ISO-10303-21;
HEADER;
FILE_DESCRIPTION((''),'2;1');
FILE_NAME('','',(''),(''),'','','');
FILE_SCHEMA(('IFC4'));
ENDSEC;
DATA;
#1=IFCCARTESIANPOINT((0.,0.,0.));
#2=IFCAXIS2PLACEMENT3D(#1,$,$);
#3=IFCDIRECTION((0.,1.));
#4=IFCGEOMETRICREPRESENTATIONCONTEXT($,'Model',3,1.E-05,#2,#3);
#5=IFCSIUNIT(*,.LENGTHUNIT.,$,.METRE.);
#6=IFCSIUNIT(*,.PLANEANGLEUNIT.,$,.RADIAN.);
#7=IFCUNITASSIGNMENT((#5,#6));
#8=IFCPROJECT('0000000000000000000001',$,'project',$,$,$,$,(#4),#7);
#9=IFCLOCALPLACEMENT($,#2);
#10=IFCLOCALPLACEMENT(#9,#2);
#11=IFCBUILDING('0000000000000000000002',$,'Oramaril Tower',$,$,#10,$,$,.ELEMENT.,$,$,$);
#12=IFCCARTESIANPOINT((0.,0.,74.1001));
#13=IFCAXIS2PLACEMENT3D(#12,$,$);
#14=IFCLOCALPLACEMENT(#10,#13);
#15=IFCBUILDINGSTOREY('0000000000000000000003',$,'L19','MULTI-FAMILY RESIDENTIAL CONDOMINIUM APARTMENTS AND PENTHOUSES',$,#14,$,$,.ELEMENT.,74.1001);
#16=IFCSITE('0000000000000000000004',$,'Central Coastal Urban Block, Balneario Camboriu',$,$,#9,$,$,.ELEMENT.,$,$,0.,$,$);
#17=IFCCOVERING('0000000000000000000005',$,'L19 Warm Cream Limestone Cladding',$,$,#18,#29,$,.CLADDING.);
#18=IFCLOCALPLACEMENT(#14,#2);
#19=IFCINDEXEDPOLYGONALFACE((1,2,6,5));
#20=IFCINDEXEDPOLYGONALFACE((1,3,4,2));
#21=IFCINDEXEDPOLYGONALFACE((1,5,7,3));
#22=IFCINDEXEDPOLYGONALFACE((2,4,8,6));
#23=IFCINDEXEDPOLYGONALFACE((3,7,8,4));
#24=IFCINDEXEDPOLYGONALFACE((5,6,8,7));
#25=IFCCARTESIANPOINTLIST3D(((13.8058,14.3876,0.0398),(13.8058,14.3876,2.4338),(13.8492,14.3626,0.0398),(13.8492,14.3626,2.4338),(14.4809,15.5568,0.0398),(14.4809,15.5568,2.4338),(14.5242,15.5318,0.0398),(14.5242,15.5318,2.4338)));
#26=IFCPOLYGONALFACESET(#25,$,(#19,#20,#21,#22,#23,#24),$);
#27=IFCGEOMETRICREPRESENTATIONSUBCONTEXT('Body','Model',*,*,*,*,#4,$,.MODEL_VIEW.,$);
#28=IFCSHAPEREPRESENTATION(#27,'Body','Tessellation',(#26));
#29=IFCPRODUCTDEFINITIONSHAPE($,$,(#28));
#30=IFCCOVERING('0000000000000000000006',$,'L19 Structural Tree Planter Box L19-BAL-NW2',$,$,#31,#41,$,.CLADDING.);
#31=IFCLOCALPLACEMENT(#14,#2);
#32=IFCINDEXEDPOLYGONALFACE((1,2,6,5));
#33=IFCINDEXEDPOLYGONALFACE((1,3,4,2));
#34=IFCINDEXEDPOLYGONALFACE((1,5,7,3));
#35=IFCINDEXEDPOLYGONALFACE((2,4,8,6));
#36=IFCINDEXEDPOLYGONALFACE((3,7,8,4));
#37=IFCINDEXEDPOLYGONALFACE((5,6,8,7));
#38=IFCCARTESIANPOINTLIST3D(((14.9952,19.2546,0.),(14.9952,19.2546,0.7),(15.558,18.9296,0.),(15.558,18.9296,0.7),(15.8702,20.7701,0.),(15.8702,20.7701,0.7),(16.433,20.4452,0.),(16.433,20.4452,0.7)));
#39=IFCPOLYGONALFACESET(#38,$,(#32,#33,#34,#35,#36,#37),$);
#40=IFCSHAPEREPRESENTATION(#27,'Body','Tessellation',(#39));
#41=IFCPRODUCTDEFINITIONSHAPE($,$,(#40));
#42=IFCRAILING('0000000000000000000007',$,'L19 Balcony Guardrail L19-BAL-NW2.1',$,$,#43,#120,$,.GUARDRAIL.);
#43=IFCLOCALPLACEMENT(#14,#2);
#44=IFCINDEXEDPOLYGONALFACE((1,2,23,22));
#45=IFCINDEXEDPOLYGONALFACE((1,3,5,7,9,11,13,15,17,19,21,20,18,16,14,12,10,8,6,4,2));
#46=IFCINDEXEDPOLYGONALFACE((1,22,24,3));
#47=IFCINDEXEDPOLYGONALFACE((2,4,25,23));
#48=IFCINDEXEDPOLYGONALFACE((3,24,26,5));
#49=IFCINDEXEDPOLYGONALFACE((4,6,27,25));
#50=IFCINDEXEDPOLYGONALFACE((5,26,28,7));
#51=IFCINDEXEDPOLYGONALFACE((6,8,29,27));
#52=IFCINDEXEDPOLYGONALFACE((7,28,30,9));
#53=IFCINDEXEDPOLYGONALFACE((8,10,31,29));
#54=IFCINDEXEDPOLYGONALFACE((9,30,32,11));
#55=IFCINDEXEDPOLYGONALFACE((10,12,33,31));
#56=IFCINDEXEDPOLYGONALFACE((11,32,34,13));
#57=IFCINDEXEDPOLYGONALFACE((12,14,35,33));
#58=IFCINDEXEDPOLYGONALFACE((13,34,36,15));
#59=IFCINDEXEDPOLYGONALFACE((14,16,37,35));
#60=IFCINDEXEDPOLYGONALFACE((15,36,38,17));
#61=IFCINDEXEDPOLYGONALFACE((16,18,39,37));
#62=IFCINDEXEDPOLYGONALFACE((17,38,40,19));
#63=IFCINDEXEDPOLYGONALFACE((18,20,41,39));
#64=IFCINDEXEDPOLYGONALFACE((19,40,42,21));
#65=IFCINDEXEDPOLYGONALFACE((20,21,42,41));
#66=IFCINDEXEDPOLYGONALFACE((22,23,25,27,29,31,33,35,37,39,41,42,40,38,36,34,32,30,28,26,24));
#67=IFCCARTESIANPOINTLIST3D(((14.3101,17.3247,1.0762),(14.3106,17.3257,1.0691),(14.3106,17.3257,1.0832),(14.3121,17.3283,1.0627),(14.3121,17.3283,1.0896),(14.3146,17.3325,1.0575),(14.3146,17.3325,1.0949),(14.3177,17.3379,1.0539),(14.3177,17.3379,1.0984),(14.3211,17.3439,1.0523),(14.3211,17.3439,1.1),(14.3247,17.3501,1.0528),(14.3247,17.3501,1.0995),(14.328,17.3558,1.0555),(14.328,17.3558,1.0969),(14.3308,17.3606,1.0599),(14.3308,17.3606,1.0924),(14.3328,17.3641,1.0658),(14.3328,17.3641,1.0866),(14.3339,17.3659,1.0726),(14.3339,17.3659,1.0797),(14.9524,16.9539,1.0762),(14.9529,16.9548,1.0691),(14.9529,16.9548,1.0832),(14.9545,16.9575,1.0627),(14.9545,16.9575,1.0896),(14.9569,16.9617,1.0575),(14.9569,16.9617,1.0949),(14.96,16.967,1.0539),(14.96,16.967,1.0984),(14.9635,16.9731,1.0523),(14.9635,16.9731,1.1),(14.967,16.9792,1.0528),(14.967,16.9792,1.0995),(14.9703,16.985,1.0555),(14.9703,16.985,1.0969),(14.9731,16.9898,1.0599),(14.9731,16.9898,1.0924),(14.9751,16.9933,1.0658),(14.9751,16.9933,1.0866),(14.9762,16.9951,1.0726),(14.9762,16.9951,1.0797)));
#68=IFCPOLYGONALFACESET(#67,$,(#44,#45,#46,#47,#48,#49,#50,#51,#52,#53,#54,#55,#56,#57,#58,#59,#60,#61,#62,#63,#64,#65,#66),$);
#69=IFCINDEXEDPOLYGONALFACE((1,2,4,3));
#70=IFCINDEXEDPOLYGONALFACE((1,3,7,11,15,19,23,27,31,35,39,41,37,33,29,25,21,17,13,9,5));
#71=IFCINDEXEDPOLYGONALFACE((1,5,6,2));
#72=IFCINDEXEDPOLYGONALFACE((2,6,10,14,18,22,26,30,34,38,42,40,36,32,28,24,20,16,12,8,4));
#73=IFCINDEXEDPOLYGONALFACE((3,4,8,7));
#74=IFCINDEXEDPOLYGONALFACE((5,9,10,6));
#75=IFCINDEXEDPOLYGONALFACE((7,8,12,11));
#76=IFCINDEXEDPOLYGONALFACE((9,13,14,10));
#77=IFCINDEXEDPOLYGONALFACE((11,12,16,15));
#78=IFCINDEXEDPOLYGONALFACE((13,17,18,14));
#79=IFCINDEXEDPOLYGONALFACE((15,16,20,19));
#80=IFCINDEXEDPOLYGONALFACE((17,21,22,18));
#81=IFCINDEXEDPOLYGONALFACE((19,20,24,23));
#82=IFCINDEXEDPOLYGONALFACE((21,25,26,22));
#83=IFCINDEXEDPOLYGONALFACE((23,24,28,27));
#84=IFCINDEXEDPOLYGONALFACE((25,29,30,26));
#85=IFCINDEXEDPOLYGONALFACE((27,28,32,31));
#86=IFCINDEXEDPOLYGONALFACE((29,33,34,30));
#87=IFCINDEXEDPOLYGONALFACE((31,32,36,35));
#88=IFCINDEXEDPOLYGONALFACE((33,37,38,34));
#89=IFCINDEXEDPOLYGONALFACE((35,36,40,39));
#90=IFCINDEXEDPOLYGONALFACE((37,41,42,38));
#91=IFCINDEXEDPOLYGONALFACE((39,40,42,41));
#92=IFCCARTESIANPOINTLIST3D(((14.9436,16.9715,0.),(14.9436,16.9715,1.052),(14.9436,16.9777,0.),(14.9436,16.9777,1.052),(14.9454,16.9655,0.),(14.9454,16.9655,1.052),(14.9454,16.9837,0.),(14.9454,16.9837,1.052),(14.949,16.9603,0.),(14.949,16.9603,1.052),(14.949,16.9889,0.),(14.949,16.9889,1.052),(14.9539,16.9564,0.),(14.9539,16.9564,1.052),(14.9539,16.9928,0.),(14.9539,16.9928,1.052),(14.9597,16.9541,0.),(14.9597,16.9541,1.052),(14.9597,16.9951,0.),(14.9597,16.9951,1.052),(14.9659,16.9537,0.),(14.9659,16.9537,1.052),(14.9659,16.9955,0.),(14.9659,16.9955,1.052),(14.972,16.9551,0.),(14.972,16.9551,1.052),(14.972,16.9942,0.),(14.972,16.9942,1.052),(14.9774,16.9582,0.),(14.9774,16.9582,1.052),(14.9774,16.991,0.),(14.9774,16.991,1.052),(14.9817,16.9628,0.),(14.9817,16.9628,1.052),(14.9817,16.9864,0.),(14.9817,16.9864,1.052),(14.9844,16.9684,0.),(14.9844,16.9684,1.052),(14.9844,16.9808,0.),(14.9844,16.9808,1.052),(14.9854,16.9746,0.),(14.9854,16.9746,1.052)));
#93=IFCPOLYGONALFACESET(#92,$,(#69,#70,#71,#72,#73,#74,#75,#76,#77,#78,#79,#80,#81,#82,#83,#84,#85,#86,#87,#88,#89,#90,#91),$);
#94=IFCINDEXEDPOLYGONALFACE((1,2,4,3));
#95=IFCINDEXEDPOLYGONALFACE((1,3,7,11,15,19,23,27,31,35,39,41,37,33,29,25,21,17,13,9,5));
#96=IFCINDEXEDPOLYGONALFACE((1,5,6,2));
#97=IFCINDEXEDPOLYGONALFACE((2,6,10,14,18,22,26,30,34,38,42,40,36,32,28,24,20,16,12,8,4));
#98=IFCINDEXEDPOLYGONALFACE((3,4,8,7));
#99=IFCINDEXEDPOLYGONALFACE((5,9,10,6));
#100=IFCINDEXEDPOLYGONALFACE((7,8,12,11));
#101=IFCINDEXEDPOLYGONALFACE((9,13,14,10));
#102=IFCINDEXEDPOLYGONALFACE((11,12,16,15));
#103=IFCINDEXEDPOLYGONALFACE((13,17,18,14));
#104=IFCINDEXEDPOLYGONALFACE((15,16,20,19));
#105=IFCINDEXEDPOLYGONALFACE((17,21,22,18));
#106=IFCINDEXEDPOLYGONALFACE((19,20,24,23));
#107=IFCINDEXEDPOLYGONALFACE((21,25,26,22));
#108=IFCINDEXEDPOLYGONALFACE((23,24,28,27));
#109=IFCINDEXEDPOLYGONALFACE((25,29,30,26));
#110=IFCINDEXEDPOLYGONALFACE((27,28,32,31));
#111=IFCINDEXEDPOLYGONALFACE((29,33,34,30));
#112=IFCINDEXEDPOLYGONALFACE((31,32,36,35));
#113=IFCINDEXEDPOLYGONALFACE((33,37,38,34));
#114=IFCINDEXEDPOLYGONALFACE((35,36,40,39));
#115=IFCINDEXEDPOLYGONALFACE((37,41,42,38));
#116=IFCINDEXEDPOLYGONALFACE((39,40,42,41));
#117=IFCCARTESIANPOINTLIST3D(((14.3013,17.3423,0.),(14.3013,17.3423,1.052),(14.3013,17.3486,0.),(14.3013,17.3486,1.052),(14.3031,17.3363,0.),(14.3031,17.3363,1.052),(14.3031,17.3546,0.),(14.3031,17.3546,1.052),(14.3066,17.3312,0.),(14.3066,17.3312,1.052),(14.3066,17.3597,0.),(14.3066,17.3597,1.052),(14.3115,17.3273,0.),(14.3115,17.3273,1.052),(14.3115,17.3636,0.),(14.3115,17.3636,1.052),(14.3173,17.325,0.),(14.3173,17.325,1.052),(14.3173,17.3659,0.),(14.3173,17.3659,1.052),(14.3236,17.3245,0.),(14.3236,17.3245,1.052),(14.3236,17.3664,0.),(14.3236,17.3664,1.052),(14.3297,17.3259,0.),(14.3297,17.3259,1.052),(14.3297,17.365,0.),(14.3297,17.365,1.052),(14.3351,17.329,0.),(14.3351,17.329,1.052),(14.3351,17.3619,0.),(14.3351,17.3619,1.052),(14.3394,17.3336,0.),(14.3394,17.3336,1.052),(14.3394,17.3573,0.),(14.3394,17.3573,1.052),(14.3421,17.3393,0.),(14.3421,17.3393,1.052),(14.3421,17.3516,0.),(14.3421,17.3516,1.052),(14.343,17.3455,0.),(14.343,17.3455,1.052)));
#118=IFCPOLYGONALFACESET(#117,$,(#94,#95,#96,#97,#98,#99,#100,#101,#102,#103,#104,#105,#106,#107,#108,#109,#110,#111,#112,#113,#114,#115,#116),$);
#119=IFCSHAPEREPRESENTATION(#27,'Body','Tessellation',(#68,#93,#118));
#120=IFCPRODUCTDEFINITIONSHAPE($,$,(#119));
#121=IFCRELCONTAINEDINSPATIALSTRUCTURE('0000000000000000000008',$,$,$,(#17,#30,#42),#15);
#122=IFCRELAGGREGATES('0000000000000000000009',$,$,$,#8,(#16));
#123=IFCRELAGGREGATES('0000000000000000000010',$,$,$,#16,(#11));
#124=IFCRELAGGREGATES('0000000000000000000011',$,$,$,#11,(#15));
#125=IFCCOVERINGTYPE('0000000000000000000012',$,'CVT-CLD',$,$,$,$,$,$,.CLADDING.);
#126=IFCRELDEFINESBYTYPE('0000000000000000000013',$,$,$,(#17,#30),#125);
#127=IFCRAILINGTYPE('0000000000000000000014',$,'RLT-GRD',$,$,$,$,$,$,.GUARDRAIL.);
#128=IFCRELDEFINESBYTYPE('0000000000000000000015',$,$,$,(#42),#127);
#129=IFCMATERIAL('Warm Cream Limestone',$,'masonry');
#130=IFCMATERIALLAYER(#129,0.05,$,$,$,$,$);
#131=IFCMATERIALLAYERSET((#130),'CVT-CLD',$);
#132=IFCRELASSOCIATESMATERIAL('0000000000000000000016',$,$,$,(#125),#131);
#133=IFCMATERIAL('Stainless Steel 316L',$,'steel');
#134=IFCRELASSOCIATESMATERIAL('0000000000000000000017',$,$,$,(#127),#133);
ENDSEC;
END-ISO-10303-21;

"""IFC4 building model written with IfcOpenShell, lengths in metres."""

from ifc_helpers import new_model, si_unit, direction, frame, origin, origin_2d, place, context, subcontext, project, spatial, rectangle, circle, extrude, material, layer, layer_set, type_object, element, save


model = new_model("IFC4")

# Units and contexts
model_context = context("Model", 3, precision=1e-05, world=origin(), true_north=direction((0.0, 1.0)))
body_context = subcontext(model_context, "Body", "Model", "MODEL_VIEW")
ifc_project = project(units=[si_unit("LENGTHUNIT", "METRE"), si_unit("PLANEANGLEUNIT", "RADIAN")], contexts=[model_context])

# Site, building, storey
site_placement = place(None, origin())
site = spatial("IfcSite", under=ifc_project, at=site_placement, Name="Central Coastal Urban Block, Balneario Camboriu", CompositionType="ELEMENT", RefElevation=0.0)
building_placement = place(site_placement, origin())
building = spatial("IfcBuilding", under=site, at=building_placement, Name="Oramaril Tower", CompositionType="ELEMENT")
storey_placement = place(building_placement, frame((0.0, 0.0, 74.1001)))
storey = spatial("IfcBuildingStorey", under=building, at=storey_placement, Name="L19", Description="MULTI-FAMILY RESIDENTIAL CONDOMINIUM APARTMENTS AND PENTHOUSES", CompositionType="ELEMENT", Elevation=74.1001)

# Coverings
ifc_material_1 = material(Name="Warm Cream Limestone", Category="masonry")
ifc_layer_1 = layer(ifc_material_1, 0.05)
ifc_layer_set_1 = layer_set([ifc_layer_1], Name="CVT-CLD")
covering_type = type_object("IfcCoveringType", Name="CVT-CLD", PredefinedType="CLADDING", material=ifc_layer_set_1)
covering_1_placement = place(storey_placement, frame((14.165, 14.9597, 0.0398), z_axis=(0.0, 0.0, 1.0), x_axis=(-0.5, -0.866025, 0.0)))
element("IfcCovering", 1, at=covering_1_placement, inside=storey, type_object=covering_type, Name="L19 Warm Cream Limestone Cladding", PredefinedType="CLADDING", context=body_context, shape_type="SweptSolid", body=[
    extrude(rectangle(XDim=1.3501, YDim=0.05, at=origin_2d()), origin(), (0.0, 0.0, 1.0), 2.394),
])
covering_2_placement = place(storey_placement, frame((15.7141, 19.8499, 0.0), z_axis=(0.0, 0.0, 1.0), x_axis=(-0.5, -0.866025, 0.0)))
element("IfcCovering", 2, at=covering_2_placement, inside=storey, type_object=covering_type, Name="L19 Structural Tree Planter Box L19-BAL-NW2", PredefinedType="CLADDING", context=body_context, shape_type="SweptSolid", body=[
    extrude(rectangle(XDim=1.75, YDim=0.6499, at=origin_2d()), origin(), (0.0, 0.0, 1.0), 0.7),
])

# Railing
ifc_material_2 = material(Name="Stainless Steel 316L", Category="steel")
railing_type = type_object("IfcRailingType", Name="RLT-GRD", PredefinedType="GUARDRAIL", material=ifc_material_2)
railing_1_placement = place(storey_placement, frame((14.9644, 16.9746, 0.0)))
element("IfcRailing", 3, at=railing_1_placement, inside=storey, type_object=railing_type, Name="L19 Balcony Guardrail L19-BAL-NW2.1", PredefinedType="GUARDRAIL", context=body_context, shape_type="SweptSolid", body=[
    extrude(circle(Radius=0.0239, at=origin_2d()), frame((0.0, 0.0, 1.0762), z_axis=(-0.866027, 0.499998, 0.0), x_axis=(-0.499998, -0.866027, 0.0)), (0.0, 0.0, 1.0), 0.7417),
    extrude(circle(Radius=0.021, at=origin_2d()), origin(), (0.0, 0.0, 1.0), 1.052),
    extrude(circle(Radius=0.021, at=origin_2d()), frame((-0.6423, 0.3708, 0.0)), (0.0, 0.0, 1.0), 1.052),
])

save(model, "model.ifc")
